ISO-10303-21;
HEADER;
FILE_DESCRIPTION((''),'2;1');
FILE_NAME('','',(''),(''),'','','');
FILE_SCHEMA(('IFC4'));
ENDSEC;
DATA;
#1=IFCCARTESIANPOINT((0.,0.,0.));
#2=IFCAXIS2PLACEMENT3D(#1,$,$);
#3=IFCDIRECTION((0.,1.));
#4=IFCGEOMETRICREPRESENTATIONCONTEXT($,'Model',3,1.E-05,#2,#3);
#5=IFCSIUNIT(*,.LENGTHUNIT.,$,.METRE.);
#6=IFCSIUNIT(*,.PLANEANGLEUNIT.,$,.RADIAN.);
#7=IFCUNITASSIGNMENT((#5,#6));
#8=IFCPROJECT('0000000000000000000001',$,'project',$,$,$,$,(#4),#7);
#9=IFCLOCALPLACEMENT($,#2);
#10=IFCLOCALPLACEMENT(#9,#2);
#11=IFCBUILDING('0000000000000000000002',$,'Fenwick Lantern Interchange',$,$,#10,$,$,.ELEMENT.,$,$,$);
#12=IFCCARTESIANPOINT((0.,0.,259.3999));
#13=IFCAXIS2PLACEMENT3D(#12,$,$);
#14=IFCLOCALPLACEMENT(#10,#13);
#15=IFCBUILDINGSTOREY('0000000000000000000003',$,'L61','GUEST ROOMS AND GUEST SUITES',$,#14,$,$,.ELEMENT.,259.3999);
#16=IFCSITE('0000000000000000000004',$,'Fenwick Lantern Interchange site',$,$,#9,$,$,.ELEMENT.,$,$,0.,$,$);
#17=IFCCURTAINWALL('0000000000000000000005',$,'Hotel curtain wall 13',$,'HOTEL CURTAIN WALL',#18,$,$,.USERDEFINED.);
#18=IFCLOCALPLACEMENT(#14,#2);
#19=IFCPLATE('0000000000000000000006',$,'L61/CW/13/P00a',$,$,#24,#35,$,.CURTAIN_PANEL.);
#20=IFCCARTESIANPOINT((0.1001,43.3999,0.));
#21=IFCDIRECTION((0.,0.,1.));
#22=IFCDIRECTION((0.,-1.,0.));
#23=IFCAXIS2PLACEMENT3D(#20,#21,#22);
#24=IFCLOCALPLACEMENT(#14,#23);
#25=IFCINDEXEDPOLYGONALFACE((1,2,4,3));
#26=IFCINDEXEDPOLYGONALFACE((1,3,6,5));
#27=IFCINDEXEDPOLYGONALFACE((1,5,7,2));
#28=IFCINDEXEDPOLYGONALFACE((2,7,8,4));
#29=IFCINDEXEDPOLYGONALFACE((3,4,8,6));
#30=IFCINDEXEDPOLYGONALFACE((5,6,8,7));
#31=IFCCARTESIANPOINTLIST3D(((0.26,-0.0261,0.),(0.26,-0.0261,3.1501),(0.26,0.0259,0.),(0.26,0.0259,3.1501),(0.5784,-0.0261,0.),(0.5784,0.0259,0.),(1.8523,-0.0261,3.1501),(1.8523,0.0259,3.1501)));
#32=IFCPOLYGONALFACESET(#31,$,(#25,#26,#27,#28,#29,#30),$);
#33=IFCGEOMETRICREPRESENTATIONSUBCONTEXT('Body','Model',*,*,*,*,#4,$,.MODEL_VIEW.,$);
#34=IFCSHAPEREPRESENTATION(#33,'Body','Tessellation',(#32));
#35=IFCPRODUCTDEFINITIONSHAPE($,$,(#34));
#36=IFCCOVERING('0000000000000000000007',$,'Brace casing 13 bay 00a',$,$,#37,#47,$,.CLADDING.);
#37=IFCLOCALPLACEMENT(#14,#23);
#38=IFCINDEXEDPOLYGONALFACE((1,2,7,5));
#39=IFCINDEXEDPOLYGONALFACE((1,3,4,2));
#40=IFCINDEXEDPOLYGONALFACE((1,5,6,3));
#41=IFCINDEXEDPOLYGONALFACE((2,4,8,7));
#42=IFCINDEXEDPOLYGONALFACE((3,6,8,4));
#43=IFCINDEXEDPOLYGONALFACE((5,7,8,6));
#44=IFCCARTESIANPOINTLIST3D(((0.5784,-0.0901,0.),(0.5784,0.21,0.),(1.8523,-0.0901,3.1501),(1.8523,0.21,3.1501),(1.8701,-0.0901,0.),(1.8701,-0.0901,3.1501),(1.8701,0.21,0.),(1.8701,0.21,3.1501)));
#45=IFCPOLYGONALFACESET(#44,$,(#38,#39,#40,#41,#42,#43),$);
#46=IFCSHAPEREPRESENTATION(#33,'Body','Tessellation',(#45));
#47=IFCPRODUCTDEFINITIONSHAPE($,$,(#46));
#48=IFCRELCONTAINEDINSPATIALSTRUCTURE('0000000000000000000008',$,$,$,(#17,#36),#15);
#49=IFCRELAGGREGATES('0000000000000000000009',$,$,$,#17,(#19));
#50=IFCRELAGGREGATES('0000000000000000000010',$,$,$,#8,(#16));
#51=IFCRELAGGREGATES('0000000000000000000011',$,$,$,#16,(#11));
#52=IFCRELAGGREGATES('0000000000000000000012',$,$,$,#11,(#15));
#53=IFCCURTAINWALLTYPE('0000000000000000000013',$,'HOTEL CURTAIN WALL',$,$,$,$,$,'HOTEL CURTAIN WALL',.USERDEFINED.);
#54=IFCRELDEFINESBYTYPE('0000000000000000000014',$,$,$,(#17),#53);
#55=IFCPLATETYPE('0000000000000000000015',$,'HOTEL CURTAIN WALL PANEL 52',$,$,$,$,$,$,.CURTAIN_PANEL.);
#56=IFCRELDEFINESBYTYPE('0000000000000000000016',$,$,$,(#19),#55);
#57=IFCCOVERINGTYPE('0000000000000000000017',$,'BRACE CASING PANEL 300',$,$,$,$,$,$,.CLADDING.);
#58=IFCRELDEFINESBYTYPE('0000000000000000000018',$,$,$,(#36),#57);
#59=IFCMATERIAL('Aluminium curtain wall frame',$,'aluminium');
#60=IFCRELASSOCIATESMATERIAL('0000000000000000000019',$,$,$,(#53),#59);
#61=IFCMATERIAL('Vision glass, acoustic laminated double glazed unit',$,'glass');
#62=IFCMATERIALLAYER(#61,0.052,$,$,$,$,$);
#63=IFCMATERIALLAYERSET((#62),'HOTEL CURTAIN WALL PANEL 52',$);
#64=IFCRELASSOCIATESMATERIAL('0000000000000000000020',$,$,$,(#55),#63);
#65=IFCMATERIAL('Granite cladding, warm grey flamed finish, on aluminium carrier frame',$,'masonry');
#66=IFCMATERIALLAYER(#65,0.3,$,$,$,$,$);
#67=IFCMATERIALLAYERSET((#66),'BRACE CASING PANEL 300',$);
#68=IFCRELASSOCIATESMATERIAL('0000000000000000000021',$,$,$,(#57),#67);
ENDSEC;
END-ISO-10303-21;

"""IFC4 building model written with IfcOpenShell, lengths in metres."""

from ifc_helpers import new_model, si_unit, direction, frame, origin, place, context, subcontext, project, spatial, polyline, outline, extrude, material, layer, layer_set, type_object, element, aggregate, save


model = new_model("IFC4")

# Units and contexts
model_context = context("Model", 3, precision=1e-05, world=origin(), true_north=direction((0.0, 1.0)))
body_context = subcontext(model_context, "Body", "Model", "MODEL_VIEW")
ifc_project = project(units=[si_unit("LENGTHUNIT", "METRE"), si_unit("PLANEANGLEUNIT", "RADIAN")], contexts=[model_context])

# Site, building, storey
site_placement = place(None, origin())
site = spatial("IfcSite", under=ifc_project, at=site_placement, Name="Fenwick Lantern Interchange site", CompositionType="ELEMENT", RefElevation=0.0)
building_placement = place(site_placement, origin())
building = spatial("IfcBuilding", under=site, at=building_placement, Name="Fenwick Lantern Interchange", CompositionType="ELEMENT")
storey_placement = place(building_placement, frame((0.0, 0.0, 259.3999)))
storey = spatial("IfcBuildingStorey", under=building, at=storey_placement, Name="L61", Description="GUEST ROOMS AND GUEST SUITES", CompositionType="ELEMENT", Elevation=259.3999)

# Curtain wall
ifc_material_1 = material(Name="Aluminium curtain wall frame", Category="aluminium")
curtain_wall_type = type_object("IfcCurtainWallType", Name="HOTEL CURTAIN WALL", ElementType="HOTEL CURTAIN WALL", PredefinedType="USERDEFINED", material=ifc_material_1)
curtain_wall_placement = place(storey_placement, origin())
curtain_wall = element("IfcCurtainWall", 1, at=curtain_wall_placement, inside=storey, type_object=curtain_wall_type, Name="Hotel curtain wall 13", ObjectType="HOTEL CURTAIN WALL", PredefinedType="USERDEFINED")

# Plate
ifc_material_2 = material(Name="Vision glass, acoustic laminated double glazed unit", Category="glass")
ifc_layer_1 = layer(ifc_material_2, 0.052)
ifc_layer_set_1 = layer_set([ifc_layer_1], Name="HOTEL CURTAIN WALL PANEL 52")
plate_type = type_object("IfcPlateType", Name="HOTEL CURTAIN WALL PANEL 52", PredefinedType="CURTAIN_PANEL", material=ifc_layer_set_1)
plate_placement = place(storey_placement, frame((0.1001, 43.3999, 0.0), z_axis=(0.0, 0.0, 1.0), x_axis=(0.0, -1.0, 0.0)))
plate = element("IfcPlate", 2, at=plate_placement, type_object=plate_type, Name="L61/CW/13/P00a", PredefinedType="CURTAIN_PANEL", context=body_context, shape_type="SweptSolid", body=[
    extrude(outline(polyline([(0.26, 0.0), (0.5784, 0.0), (1.8523, 3.1501), (0.26, 3.1501), (0.26, 0.0)])), frame((0.0, 0.0259, 0.0), z_axis=(0.0, -1.0, 0.0), x_axis=(1.0, 0.0, 0.0)), (0.0, 0.0, 1.0), 0.052),
])
aggregate(curtain_wall, [plate])

# Covering
ifc_material_3 = material(Name="Granite cladding, warm grey flamed finish, on aluminium carrier frame", Category="masonry")
ifc_layer_2 = layer(ifc_material_3, 0.3)
ifc_layer_set_2 = layer_set([ifc_layer_2], Name="BRACE CASING PANEL 300")
covering_type = type_object("IfcCoveringType", Name="BRACE CASING PANEL 300", PredefinedType="CLADDING", material=ifc_layer_set_2)
covering_placement = place(storey_placement, frame((0.1001, 43.3999, 0.0), z_axis=(0.0, 0.0, 1.0), x_axis=(0.0, -1.0, 0.0)))
element("IfcCovering", 3, at=covering_placement, inside=storey, type_object=covering_type, Name="Brace casing 13 bay 00a", PredefinedType="CLADDING", context=body_context, shape_type="SweptSolid", body=[
    extrude(outline(polyline([(0.5784, 0.0), (1.8701, 0.0), (1.8701, 3.1501), (1.8523, 3.1501), (0.5784, 0.0)])), frame((0.0, 0.21, 0.0), z_axis=(0.0, -1.0, 0.0), x_axis=(1.0, 0.0, 0.0)), (0.0, 0.0, 1.0), 0.3),
])

save(model, "model.ifc")
